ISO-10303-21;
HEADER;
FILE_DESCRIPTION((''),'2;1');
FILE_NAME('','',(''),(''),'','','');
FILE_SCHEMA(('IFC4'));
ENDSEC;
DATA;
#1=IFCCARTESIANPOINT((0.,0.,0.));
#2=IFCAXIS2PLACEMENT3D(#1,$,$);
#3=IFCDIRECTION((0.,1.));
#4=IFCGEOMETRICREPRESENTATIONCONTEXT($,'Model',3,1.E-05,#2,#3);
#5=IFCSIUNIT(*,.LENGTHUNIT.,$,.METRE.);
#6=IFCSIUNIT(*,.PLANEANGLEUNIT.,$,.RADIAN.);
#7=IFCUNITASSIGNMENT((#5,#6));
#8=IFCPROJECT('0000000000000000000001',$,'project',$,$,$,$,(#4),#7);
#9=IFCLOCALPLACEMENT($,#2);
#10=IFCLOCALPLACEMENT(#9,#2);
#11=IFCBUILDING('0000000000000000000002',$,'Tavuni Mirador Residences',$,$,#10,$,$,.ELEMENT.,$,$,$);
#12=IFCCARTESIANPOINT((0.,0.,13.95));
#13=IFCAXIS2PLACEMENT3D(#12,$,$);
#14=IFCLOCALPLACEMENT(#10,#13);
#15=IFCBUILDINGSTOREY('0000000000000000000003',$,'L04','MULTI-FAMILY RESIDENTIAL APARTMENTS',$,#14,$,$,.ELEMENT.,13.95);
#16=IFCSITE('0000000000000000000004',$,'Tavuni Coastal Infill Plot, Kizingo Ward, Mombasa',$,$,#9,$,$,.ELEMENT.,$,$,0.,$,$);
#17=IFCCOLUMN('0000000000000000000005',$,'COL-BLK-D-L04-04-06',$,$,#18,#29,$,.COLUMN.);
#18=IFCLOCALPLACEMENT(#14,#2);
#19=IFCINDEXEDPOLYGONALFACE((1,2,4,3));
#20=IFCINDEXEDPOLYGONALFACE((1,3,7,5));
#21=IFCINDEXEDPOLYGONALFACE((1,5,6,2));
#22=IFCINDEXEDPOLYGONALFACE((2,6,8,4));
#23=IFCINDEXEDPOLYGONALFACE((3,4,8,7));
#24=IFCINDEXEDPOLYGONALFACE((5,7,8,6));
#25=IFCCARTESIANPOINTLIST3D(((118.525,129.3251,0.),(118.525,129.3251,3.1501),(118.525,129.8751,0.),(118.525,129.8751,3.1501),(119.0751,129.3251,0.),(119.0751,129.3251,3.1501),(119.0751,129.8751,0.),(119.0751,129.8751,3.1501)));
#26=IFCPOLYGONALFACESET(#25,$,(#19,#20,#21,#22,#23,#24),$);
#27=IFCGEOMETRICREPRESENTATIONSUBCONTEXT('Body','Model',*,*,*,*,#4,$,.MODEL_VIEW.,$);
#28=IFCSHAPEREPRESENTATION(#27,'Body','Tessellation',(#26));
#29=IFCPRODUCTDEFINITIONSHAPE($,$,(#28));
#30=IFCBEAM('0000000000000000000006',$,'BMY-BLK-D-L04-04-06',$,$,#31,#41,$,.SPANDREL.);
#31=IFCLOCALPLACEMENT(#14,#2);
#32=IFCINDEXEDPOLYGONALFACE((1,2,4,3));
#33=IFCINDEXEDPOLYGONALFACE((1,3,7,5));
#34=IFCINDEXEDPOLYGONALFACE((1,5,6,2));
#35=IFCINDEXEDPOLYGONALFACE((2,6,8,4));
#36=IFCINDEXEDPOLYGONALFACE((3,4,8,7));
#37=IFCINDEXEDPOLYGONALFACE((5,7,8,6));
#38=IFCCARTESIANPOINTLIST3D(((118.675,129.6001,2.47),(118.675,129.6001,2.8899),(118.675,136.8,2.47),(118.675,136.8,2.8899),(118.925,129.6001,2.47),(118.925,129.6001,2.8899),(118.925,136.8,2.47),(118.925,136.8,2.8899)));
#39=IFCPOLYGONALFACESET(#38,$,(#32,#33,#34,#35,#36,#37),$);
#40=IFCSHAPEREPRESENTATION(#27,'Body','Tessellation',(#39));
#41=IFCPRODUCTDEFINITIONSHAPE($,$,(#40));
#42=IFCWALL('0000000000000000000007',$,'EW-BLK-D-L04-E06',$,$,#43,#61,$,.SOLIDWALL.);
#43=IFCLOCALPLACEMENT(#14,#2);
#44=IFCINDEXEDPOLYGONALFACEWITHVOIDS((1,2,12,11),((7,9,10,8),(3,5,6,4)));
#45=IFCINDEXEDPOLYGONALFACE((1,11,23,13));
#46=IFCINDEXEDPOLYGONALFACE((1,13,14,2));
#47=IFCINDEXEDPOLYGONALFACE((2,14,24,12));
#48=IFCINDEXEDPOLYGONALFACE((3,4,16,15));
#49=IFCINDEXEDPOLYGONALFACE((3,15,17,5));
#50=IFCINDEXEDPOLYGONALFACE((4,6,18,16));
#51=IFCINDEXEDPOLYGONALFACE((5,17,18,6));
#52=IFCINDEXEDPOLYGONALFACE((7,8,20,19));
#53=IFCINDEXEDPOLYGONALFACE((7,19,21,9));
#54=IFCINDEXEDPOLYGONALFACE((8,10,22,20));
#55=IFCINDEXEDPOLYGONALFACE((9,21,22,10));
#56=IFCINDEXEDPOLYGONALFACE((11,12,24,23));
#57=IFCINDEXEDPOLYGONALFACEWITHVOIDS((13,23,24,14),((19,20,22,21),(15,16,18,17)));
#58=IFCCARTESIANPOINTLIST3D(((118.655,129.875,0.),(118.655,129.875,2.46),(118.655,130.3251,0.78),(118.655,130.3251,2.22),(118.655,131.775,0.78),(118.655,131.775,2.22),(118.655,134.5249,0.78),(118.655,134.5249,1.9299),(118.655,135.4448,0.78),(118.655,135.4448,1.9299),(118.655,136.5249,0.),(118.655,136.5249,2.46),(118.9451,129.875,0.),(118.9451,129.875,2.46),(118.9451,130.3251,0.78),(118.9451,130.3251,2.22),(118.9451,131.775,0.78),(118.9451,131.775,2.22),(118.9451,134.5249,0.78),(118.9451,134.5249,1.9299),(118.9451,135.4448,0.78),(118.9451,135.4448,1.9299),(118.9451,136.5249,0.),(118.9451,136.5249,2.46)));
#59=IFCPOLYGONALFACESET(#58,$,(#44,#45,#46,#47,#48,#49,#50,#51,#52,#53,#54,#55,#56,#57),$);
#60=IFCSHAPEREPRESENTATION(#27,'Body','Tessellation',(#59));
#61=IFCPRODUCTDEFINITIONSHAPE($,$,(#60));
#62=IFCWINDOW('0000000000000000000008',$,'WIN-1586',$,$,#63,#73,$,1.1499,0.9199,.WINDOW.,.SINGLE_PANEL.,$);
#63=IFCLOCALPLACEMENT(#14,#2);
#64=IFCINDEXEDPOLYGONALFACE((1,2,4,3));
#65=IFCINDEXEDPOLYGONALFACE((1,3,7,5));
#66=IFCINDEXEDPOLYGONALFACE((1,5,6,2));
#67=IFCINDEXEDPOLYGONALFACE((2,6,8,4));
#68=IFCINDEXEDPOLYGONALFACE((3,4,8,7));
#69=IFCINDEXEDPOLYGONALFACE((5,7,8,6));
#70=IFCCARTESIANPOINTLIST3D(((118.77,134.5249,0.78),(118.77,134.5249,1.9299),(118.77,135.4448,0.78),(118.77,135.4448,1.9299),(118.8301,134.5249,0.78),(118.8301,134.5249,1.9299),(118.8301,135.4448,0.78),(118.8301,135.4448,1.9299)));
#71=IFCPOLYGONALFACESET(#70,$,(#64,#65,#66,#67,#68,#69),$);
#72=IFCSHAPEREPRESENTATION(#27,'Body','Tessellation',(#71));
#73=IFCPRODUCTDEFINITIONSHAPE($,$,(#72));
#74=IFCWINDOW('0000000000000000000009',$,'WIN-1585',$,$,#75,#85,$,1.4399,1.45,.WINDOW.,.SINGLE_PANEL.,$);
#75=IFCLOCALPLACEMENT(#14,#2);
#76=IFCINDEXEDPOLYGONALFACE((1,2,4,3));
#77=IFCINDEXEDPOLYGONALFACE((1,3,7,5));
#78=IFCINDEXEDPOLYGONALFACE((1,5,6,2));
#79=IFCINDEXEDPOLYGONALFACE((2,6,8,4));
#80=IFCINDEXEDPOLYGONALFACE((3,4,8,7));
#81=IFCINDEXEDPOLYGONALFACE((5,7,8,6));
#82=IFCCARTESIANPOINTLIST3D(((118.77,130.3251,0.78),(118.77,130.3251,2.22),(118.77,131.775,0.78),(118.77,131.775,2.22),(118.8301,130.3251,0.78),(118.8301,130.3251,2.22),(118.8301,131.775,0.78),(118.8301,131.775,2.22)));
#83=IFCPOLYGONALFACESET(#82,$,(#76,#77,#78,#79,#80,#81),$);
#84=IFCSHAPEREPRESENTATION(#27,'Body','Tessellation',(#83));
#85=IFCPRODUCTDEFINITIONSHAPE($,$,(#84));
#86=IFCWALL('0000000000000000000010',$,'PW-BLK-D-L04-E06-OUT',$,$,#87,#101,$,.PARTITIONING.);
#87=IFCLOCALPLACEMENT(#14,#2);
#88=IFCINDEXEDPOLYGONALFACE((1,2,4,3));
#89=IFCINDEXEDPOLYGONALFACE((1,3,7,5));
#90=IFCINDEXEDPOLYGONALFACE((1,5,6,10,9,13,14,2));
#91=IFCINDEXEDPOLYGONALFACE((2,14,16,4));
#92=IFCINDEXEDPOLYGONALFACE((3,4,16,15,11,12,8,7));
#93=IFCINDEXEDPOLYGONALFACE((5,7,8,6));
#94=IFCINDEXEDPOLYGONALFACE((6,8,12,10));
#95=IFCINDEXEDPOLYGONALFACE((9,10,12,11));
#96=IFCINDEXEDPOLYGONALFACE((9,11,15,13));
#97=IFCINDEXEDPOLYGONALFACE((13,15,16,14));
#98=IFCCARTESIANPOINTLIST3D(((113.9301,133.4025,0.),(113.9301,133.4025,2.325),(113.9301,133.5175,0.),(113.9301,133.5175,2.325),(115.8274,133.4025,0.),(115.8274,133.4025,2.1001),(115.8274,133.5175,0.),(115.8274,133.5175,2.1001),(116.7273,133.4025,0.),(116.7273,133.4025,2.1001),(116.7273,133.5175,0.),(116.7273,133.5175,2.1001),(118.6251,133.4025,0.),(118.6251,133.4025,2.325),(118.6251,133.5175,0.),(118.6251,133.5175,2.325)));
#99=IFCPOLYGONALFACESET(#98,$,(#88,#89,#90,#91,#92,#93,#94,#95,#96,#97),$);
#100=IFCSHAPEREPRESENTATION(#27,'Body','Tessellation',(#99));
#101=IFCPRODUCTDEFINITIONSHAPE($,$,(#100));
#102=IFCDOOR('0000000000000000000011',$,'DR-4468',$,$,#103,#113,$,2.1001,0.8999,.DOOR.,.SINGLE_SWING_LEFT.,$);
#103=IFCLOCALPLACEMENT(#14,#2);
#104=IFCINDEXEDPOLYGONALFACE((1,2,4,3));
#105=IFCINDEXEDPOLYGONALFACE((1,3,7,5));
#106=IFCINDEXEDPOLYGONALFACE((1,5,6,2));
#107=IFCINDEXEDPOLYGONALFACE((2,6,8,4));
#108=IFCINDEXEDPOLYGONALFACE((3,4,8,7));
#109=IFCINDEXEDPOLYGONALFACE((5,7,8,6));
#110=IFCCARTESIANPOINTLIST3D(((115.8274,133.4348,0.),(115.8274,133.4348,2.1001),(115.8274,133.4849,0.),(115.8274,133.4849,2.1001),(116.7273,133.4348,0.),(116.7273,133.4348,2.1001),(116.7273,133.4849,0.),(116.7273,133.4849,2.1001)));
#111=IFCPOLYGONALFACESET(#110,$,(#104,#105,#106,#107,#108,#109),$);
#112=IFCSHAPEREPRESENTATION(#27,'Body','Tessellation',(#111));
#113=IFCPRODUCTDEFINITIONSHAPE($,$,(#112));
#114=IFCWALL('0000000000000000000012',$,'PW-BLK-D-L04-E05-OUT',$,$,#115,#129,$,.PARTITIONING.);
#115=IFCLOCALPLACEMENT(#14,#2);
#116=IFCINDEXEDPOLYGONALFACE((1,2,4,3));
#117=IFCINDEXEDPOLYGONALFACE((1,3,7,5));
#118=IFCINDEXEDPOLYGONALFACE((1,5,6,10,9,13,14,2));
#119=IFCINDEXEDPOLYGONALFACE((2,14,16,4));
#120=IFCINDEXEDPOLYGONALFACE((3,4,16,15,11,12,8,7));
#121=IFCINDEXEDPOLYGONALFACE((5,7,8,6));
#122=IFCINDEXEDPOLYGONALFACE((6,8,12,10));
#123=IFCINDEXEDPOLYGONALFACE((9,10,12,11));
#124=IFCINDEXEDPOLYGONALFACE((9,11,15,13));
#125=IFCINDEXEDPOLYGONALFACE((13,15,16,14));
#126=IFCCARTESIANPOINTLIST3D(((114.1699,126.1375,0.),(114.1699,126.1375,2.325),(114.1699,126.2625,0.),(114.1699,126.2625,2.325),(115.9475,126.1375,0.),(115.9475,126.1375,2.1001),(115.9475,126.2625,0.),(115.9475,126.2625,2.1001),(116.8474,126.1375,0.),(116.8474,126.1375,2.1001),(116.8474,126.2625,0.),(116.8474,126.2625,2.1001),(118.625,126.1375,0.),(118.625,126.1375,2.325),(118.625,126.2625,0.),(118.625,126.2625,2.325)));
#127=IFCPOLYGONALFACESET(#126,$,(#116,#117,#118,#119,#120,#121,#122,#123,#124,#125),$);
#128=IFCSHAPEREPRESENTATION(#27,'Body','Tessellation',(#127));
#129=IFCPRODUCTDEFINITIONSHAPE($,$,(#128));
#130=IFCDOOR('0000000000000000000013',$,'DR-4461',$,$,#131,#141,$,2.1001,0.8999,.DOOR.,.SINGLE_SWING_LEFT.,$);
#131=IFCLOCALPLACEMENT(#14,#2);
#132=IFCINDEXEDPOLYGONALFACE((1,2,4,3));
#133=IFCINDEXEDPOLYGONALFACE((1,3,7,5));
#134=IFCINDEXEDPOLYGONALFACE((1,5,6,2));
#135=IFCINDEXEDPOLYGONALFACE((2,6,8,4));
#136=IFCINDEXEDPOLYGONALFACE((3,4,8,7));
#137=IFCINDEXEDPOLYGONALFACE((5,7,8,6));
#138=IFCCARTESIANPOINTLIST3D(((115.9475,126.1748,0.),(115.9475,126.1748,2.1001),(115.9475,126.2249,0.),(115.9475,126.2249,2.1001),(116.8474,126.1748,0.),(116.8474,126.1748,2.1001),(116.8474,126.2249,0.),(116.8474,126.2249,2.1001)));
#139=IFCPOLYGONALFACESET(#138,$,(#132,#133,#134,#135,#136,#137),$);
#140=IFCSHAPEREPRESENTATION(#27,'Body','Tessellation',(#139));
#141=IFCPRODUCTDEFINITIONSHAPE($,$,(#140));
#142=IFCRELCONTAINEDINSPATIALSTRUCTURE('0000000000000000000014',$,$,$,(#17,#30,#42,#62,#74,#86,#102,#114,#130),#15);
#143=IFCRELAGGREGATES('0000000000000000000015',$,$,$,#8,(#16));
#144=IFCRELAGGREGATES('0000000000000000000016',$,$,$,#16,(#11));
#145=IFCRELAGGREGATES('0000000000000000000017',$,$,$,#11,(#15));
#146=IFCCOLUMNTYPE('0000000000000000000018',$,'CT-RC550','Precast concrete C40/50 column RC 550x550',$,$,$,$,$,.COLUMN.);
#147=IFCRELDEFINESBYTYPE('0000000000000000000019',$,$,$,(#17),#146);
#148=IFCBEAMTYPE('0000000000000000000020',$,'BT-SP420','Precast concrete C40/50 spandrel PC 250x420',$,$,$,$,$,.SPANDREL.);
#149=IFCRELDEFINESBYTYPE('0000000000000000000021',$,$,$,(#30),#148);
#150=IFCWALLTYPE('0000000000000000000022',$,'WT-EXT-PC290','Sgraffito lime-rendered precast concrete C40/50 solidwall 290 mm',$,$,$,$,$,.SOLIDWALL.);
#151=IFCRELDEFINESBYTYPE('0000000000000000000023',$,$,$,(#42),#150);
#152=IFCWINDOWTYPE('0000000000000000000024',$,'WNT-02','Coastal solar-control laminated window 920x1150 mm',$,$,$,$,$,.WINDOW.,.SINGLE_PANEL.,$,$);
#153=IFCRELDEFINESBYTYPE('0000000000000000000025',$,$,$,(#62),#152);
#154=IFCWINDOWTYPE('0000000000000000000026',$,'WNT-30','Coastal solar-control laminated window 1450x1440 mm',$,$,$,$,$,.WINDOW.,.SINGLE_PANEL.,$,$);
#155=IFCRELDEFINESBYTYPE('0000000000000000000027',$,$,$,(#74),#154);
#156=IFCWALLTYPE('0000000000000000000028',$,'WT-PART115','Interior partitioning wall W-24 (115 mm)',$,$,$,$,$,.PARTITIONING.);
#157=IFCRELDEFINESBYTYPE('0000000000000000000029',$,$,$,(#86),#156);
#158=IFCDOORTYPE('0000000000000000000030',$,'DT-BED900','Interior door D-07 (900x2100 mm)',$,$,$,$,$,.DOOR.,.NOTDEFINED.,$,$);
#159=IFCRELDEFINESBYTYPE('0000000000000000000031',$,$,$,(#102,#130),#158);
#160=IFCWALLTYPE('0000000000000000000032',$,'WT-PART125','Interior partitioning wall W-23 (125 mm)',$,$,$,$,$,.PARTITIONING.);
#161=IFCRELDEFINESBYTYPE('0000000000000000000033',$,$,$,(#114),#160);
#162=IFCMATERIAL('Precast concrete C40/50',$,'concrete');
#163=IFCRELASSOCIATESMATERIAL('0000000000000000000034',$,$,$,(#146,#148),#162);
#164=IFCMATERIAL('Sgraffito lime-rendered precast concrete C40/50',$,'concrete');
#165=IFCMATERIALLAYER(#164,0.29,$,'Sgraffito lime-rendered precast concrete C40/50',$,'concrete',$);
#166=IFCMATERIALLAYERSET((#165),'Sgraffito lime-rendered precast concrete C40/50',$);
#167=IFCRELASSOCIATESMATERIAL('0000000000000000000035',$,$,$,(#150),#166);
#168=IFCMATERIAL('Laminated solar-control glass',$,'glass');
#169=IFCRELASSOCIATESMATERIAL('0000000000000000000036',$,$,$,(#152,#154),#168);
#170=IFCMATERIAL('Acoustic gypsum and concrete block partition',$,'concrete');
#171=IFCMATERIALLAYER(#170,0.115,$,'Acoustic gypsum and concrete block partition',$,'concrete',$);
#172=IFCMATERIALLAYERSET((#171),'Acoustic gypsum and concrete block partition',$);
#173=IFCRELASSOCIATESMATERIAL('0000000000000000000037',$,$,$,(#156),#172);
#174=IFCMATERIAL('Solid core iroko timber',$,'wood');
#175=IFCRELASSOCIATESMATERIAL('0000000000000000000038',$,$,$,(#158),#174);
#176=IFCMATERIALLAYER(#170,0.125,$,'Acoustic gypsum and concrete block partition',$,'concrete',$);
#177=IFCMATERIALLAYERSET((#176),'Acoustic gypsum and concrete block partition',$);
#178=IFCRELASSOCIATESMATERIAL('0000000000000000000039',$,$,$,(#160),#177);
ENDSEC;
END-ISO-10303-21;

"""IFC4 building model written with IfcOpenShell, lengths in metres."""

from ifc_helpers import new_model, si_unit, direction, frame, frame_2d, origin, origin_2d, place, context, subcontext, project, spatial, rectangle, extrude, material, layer, layer_set, material_profile, profile_set, type_object, element, fill, save


model = new_model("IFC4")

# Units and contexts
model_context = context("Model", 3, precision=1e-05, world=origin(), true_north=direction((0.0, 1.0)))
body_context = subcontext(model_context, "Body", "Model", "MODEL_VIEW")
ifc_project = project(units=[si_unit("LENGTHUNIT", "METRE"), si_unit("PLANEANGLEUNIT", "RADIAN")], contexts=[model_context])

# Site, building, storey
site_placement = place(None, origin())
site = spatial("IfcSite", under=ifc_project, at=site_placement, Name="Tavuni Coastal Infill Plot, Kizingo Ward, Mombasa", CompositionType="ELEMENT", RefElevation=0.0)
building_placement = place(site_placement, origin())
building = spatial("IfcBuilding", under=site, at=building_placement, Name="Tavuni Mirador Residences", CompositionType="ELEMENT")
storey_placement = place(building_placement, frame((0.0, 0.0, 13.95)))
storey = spatial("IfcBuildingStorey", under=building, at=storey_placement, Name="L04", Description="MULTI-FAMILY RESIDENTIAL APARTMENTS", CompositionType="ELEMENT", Elevation=13.95)

# Column
ifc_material_1 = material(Name="Precast concrete C40/50", Category="concrete")
ifc_material_profile_1 = material_profile(ifc_material_1, rectangle(XDim=0.55, YDim=0.55, at=origin_2d()), Name="RC 550x550", Category="concrete")
ifc_profile_set_1 = profile_set([ifc_material_profile_1], Name="Precast concrete C40/50")
column_type = type_object("IfcColumnType", Name="CT-RC550", Description="Precast concrete C40/50 column RC 550x550", PredefinedType="COLUMN", material=ifc_profile_set_1)
column_placement = place(storey_placement, frame((118.8, 129.6001, 0.0), z_axis=(0.0, 0.0, 1.0), x_axis=(1.0, 0.0, 0.0)))
element("IfcColumn", 1, at=column_placement, inside=storey, type_object=column_type, Name="COL-BLK-D-L04-04-06", PredefinedType="COLUMN", context=body_context, shape_type="SweptSolid", body=[
    extrude(rectangle(XDim=0.55, YDim=0.55, at=origin_2d()), origin(), (0.0, 0.0, 1.0), 3.1501),
])

# Beam
ifc_material_profile_2 = material_profile(ifc_material_1, rectangle(XDim=0.25, YDim=0.4199, at=origin_2d()), Name="PC 250x420", Category="concrete")
ifc_profile_set_2 = profile_set([ifc_material_profile_2], Name="Precast concrete C40/50")
beam_type = type_object("IfcBeamType", Name="BT-SP420", Description="Precast concrete C40/50 spandrel PC 250x420", PredefinedType="SPANDREL", material=ifc_profile_set_2)
beam_placement = place(storey_placement, frame((118.8, 129.6001, 2.6799), z_axis=(0.0, 1.0, 0.0), x_axis=(-1.0, 0.0, 0.0)))
element("IfcBeam", 2, at=beam_placement, inside=storey, type_object=beam_type, Name="BMY-BLK-D-L04-04-06", PredefinedType="SPANDREL", context=body_context, shape_type="SweptSolid", body=[
    extrude(rectangle(XDim=0.25, YDim=0.4199, at=origin_2d()), origin(), (0.0, 0.0, 1.0), 7.2),
])

# Wall, openings, windows
ifc_material_2 = material(Name="Sgraffito lime-rendered precast concrete C40/50", Category="concrete")
ifc_layer_1 = layer(ifc_material_2, 0.29, Name="Sgraffito lime-rendered precast concrete C40/50", Category="concrete")
ifc_layer_set_1 = layer_set([ifc_layer_1], Name="Sgraffito lime-rendered precast concrete C40/50")
wall_type_1 = type_object("IfcWallType", Name="WT-EXT-PC290", Description="Sgraffito lime-rendered precast concrete C40/50 solidwall 290 mm", PredefinedType="SOLIDWALL", material=ifc_layer_set_1)
wall_1_placement = place(storey_placement, frame((118.8, 129.875, 0.0), z_axis=(0.0, 0.0, 1.0), x_axis=(0.0, 1.0, 0.0)))
wall_1 = element("IfcWall", 3, at=wall_1_placement, inside=storey, type_object=wall_type_1, Name="EW-BLK-D-L04-E06", PredefinedType="SOLIDWALL", context=body_context, shape_type="SweptSolid", body=[
    extrude(rectangle(XDim=6.6499, YDim=0.29, at=frame_2d((3.325, 0.0))), origin(), (0.0, 0.0, 1.0), 2.46),
])
opening_1_placement = place(wall_1_placement, frame((0.45, 0.0, 0.78)))
opening_1 = element("IfcOpeningElement", 4, at=opening_1_placement, cuts=wall_1, PredefinedType="OPENING", context=body_context, shape_type="SweptSolid", body=[
    extrude(rectangle(XDim=1.45, YDim=1.4399, at=frame_2d((0.7251, 0.72))), frame((0.0, 0.155, 0.0), z_axis=(0.0, -1.0, 0.0), x_axis=(1.0, 0.0, 0.0)), (0.0, 0.0, 1.0), 0.3101),
])
opening_2_placement = place(wall_1_placement, frame((4.6499, 0.0, 0.78)))
opening_2 = element("IfcOpeningElement", 5, at=opening_2_placement, cuts=wall_1, PredefinedType="OPENING", context=body_context, shape_type="SweptSolid", body=[
    extrude(rectangle(XDim=0.9199, YDim=1.1499, at=frame_2d((0.46, 0.575))), frame((0.0, 0.155, 0.0), z_axis=(0.0, -1.0, 0.0), x_axis=(1.0, 0.0, 0.0)), (0.0, 0.0, 1.0), 0.3101),
])
ifc_material_3 = material(Name="Laminated solar-control glass", Category="glass")
window_type_1 = type_object("IfcWindowType", Name="WNT-02", Description="Coastal solar-control laminated window 920x1150 mm", PartitioningType="SINGLE_PANEL", PredefinedType="WINDOW", material=ifc_material_3)
window_1_placement = place(opening_2_placement, origin())
window_1 = element("IfcWindow", 6, at=window_1_placement, inside=storey, type_object=window_type_1, Name="WIN-1586", OverallHeight=1.1499, OverallWidth=0.9199, PartitioningType="SINGLE_PANEL", PredefinedType="WINDOW", context=body_context, shape_type="SweptSolid", body=[
    extrude(rectangle(XDim=0.9199, YDim=1.1499, at=frame_2d((0.46, 0.575))), frame((0.0, 0.03, 0.0), z_axis=(0.0, -1.0, 0.0), x_axis=(1.0, 0.0, 0.0)), (0.0, 0.0, 1.0), 0.0601),
])
fill(opening_2, window_1)
window_type_2 = type_object("IfcWindowType", Name="WNT-30", Description="Coastal solar-control laminated window 1450x1440 mm", PartitioningType="SINGLE_PANEL", PredefinedType="WINDOW", material=ifc_material_3)
window_2_placement = place(opening_1_placement, origin())
window_2 = element("IfcWindow", 7, at=window_2_placement, inside=storey, type_object=window_type_2, Name="WIN-1585", OverallHeight=1.4399, OverallWidth=1.45, PartitioningType="SINGLE_PANEL", PredefinedType="WINDOW", context=body_context, shape_type="SweptSolid", body=[
    extrude(rectangle(XDim=1.45, YDim=1.4399, at=frame_2d((0.7251, 0.72))), frame((0.0, 0.03, 0.0), z_axis=(0.0, -1.0, 0.0), x_axis=(1.0, 0.0, 0.0)), (0.0, 0.0, 1.0), 0.0601),
])
fill(opening_1, window_2)

# Walls, openings, doors
ifc_material_4 = material(Name="Acoustic gypsum and concrete block partition", Category="concrete")
ifc_layer_2 = layer(ifc_material_4, 0.115, Name="Acoustic gypsum and concrete block partition", Category="concrete")
ifc_layer_set_2 = layer_set([ifc_layer_2], Name="Acoustic gypsum and concrete block partition")
wall_type_2 = type_object("IfcWallType", Name="WT-PART115", Description="Interior partitioning wall W-24 (115 mm)", PredefinedType="PARTITIONING", material=ifc_layer_set_2)
wall_2_placement = place(storey_placement, frame((113.9299, 133.46, 0.0), z_axis=(0.0, 0.0, 1.0), x_axis=(1.0, 0.0, 0.0)))
wall_2 = element("IfcWall", 8, at=wall_2_placement, inside=storey, type_object=wall_type_2, Name="PW-BLK-D-L04-E06-OUT", PredefinedType="PARTITIONING", context=body_context, shape_type="SweptSolid", body=[
    extrude(rectangle(XDim=4.6951, YDim=0.115, at=frame_2d((2.3477, 0.0))), origin(), (0.0, 0.0, 1.0), 2.325),
])
opening_3_placement = place(wall_2_placement, frame((1.8975, 0.0, 0.0)))
opening_3 = element("IfcOpeningElement", 9, at=opening_3_placement, cuts=wall_2, PredefinedType="OPENING", context=body_context, shape_type="SweptSolid", body=[
    extrude(rectangle(XDim=0.8999, YDim=2.1001, at=frame_2d((0.45, 1.05))), frame((0.0, 0.0674, 0.0), z_axis=(0.0, -1.0, 0.0), x_axis=(1.0, 0.0, 0.0)), (0.0, 0.0, 1.0), 0.135),
])
ifc_material_5 = material(Name="Solid core iroko timber", Category="wood")
door_type_1 = type_object("IfcDoorType", Name="DT-BED900", Description="Interior door D-07 (900x2100 mm)", OperationType="NOTDEFINED", PredefinedType="DOOR", material=ifc_material_5)
door_1_placement = place(opening_3_placement, origin())
door_1 = element("IfcDoor", 10, at=door_1_placement, inside=storey, type_object=door_type_1, Name="DR-4468", OperationType="SINGLE_SWING_LEFT", OverallHeight=2.1001, OverallWidth=0.8999, PredefinedType="DOOR", context=body_context, shape_type="SweptSolid", body=[
    extrude(rectangle(XDim=0.8999, YDim=2.1001, at=frame_2d((0.45, 1.05))), frame((0.0, 0.0249, 0.0), z_axis=(0.0, -1.0, 0.0), x_axis=(1.0, 0.0, 0.0)), (0.0, 0.0, 1.0), 0.05),
])
fill(opening_3, door_1)
ifc_layer_3 = layer(ifc_material_4, 0.125, Name="Acoustic gypsum and concrete block partition", Category="concrete")
ifc_layer_set_3 = layer_set([ifc_layer_3], Name="Acoustic gypsum and concrete block partition")
wall_type_3 = type_object("IfcWallType", Name="WT-PART125", Description="Interior partitioning wall W-23 (125 mm)", PredefinedType="PARTITIONING", material=ifc_layer_set_3)
wall_3_placement = place(storey_placement, frame((114.1699, 126.2, 0.0), z_axis=(0.0, 0.0, 1.0), x_axis=(1.0, 0.0, 0.0)))
wall_3 = element("IfcWall", 11, at=wall_3_placement, inside=storey, type_object=wall_type_3, Name="PW-BLK-D-L04-E05-OUT", PredefinedType="PARTITIONING", context=body_context, shape_type="SweptSolid", body=[
    extrude(rectangle(XDim=4.4551, YDim=0.125, at=frame_2d((2.2275, 0.0))), origin(), (0.0, 0.0, 1.0), 2.325),
])
opening_4_placement = place(wall_3_placement, frame((1.7776, 0.0, 0.0)))
opening_4 = element("IfcOpeningElement", 12, at=opening_4_placement, cuts=wall_3, PredefinedType="OPENING", context=body_context, shape_type="SweptSolid", body=[
    extrude(rectangle(XDim=0.8999, YDim=2.1001, at=frame_2d((0.45, 1.05))), frame((0.0, 0.0725, 0.0), z_axis=(0.0, -1.0, 0.0), x_axis=(1.0, 0.0, 0.0)), (0.0, 0.0, 1.0), 0.145),
])
door_2_placement = place(opening_4_placement, origin())
door_2 = element("IfcDoor", 13, at=door_2_placement, inside=storey, type_object=door_type_1, Name="DR-4461", OperationType="SINGLE_SWING_LEFT", OverallHeight=2.1001, OverallWidth=0.8999, PredefinedType="DOOR", context=body_context, shape_type="SweptSolid", body=[
    extrude(rectangle(XDim=0.8999, YDim=2.1001, at=frame_2d((0.45, 1.05))), frame((0.0, 0.0249, 0.0), z_axis=(0.0, -1.0, 0.0), x_axis=(1.0, 0.0, 0.0)), (0.0, 0.0, 1.0), 0.05),
])
fill(opening_4, door_2)

save(model, "model.ifc")
